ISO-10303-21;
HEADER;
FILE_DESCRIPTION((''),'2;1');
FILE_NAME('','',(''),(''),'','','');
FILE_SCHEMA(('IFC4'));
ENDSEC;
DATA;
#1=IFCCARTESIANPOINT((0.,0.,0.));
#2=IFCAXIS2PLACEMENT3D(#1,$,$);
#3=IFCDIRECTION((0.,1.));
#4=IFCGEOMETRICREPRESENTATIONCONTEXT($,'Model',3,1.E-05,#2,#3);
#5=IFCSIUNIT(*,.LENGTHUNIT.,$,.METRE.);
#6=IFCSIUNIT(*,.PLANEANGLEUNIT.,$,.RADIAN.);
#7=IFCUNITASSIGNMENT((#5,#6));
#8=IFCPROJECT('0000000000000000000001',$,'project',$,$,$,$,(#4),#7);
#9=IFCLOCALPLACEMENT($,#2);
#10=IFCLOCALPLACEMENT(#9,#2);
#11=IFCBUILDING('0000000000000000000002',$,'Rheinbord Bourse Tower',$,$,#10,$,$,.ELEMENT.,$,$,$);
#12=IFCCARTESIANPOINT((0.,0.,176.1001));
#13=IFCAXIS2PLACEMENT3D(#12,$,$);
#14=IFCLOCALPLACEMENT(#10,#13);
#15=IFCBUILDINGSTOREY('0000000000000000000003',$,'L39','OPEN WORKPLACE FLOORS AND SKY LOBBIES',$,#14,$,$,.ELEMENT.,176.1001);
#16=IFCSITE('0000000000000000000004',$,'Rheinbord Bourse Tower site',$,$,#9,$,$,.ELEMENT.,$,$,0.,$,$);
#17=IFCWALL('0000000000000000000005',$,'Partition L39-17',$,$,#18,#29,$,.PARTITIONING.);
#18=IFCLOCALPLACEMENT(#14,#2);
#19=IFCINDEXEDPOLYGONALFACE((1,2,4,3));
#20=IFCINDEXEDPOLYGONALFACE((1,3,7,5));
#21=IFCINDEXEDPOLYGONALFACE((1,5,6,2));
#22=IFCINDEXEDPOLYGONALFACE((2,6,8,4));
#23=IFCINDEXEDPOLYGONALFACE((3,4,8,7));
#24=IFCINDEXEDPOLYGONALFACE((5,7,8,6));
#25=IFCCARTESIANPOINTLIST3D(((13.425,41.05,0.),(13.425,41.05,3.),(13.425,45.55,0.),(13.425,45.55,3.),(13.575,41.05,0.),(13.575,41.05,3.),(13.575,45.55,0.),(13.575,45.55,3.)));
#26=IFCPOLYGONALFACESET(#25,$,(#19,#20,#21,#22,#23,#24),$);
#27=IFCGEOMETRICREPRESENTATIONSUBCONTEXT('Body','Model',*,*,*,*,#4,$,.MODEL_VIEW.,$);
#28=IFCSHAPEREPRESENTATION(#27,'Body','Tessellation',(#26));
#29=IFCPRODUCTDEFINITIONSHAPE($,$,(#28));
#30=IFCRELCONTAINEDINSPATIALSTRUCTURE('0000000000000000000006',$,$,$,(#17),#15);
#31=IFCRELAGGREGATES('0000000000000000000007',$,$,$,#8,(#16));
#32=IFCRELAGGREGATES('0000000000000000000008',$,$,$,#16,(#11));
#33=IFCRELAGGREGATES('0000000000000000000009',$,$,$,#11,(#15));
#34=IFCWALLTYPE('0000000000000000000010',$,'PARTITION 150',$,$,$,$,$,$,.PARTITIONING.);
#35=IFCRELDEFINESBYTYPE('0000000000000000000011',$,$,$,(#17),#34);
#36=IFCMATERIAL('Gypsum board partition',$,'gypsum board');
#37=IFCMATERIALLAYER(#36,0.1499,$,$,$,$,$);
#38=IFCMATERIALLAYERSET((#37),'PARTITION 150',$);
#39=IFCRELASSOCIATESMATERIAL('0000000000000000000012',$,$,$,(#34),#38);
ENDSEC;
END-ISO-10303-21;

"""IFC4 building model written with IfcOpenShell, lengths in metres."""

from ifc_helpers import new_model, si_unit, direction, frame, frame_2d, origin, place, context, subcontext, project, spatial, rectangle, extrude, material, layer, layer_set, type_object, element, save


model = new_model("IFC4")

# Units and contexts
model_context = context("Model", 3, precision=1e-05, world=origin(), true_north=direction((0.0, 1.0)))
body_context = subcontext(model_context, "Body", "Model", "MODEL_VIEW")
ifc_project = project(units=[si_unit("LENGTHUNIT", "METRE"), si_unit("PLANEANGLEUNIT", "RADIAN")], contexts=[model_context])

# Site, building, storey
site_placement = place(None, origin())
site = spatial("IfcSite", under=ifc_project, at=site_placement, Name="Rheinbord Bourse Tower site", CompositionType="ELEMENT", RefElevation=0.0)
building_placement = place(site_placement, origin())
building = spatial("IfcBuilding", under=site, at=building_placement, Name="Rheinbord Bourse Tower", CompositionType="ELEMENT")
storey_placement = place(building_placement, frame((0.0, 0.0, 176.1001)))
storey = spatial("IfcBuildingStorey", under=building, at=storey_placement, Name="L39", Description="OPEN WORKPLACE FLOORS AND SKY LOBBIES", CompositionType="ELEMENT", Elevation=176.1001)

# Shared definitions
ifc_material_1 = material(Name="Gypsum board partition", Category="gypsum board")
ifc_layer_1 = layer(ifc_material_1, 0.1499)
ifc_layer_set_1 = layer_set([ifc_layer_1], Name="PARTITION 150")
wall_type_1 = type_object("IfcWallType", Name="PARTITION 150", PredefinedType="PARTITIONING", material=ifc_layer_set_1)

# Wall
for number, where, z_axis, x_axis, name in (
    (1, (13.5, 41.05, 0.0), (0.0, 0.0, 1.0), (0.0, 1.0, 0.0), "Partition L39-17"),
):
    element("IfcWall", number, at=place(storey_placement, frame(where, z_axis=z_axis, x_axis=x_axis)), inside=storey, type_object=wall_type_1, Name=name, PredefinedType="PARTITIONING", context=body_context, shape_type="SweptSolid", body=[
        extrude(rectangle(XDim=4.5, YDim=0.1499, at=frame_2d((2.25, 0.0))), origin(), (0.0, 0.0, 1.0), 3.0),
    ])

save(model, "model.ifc")
